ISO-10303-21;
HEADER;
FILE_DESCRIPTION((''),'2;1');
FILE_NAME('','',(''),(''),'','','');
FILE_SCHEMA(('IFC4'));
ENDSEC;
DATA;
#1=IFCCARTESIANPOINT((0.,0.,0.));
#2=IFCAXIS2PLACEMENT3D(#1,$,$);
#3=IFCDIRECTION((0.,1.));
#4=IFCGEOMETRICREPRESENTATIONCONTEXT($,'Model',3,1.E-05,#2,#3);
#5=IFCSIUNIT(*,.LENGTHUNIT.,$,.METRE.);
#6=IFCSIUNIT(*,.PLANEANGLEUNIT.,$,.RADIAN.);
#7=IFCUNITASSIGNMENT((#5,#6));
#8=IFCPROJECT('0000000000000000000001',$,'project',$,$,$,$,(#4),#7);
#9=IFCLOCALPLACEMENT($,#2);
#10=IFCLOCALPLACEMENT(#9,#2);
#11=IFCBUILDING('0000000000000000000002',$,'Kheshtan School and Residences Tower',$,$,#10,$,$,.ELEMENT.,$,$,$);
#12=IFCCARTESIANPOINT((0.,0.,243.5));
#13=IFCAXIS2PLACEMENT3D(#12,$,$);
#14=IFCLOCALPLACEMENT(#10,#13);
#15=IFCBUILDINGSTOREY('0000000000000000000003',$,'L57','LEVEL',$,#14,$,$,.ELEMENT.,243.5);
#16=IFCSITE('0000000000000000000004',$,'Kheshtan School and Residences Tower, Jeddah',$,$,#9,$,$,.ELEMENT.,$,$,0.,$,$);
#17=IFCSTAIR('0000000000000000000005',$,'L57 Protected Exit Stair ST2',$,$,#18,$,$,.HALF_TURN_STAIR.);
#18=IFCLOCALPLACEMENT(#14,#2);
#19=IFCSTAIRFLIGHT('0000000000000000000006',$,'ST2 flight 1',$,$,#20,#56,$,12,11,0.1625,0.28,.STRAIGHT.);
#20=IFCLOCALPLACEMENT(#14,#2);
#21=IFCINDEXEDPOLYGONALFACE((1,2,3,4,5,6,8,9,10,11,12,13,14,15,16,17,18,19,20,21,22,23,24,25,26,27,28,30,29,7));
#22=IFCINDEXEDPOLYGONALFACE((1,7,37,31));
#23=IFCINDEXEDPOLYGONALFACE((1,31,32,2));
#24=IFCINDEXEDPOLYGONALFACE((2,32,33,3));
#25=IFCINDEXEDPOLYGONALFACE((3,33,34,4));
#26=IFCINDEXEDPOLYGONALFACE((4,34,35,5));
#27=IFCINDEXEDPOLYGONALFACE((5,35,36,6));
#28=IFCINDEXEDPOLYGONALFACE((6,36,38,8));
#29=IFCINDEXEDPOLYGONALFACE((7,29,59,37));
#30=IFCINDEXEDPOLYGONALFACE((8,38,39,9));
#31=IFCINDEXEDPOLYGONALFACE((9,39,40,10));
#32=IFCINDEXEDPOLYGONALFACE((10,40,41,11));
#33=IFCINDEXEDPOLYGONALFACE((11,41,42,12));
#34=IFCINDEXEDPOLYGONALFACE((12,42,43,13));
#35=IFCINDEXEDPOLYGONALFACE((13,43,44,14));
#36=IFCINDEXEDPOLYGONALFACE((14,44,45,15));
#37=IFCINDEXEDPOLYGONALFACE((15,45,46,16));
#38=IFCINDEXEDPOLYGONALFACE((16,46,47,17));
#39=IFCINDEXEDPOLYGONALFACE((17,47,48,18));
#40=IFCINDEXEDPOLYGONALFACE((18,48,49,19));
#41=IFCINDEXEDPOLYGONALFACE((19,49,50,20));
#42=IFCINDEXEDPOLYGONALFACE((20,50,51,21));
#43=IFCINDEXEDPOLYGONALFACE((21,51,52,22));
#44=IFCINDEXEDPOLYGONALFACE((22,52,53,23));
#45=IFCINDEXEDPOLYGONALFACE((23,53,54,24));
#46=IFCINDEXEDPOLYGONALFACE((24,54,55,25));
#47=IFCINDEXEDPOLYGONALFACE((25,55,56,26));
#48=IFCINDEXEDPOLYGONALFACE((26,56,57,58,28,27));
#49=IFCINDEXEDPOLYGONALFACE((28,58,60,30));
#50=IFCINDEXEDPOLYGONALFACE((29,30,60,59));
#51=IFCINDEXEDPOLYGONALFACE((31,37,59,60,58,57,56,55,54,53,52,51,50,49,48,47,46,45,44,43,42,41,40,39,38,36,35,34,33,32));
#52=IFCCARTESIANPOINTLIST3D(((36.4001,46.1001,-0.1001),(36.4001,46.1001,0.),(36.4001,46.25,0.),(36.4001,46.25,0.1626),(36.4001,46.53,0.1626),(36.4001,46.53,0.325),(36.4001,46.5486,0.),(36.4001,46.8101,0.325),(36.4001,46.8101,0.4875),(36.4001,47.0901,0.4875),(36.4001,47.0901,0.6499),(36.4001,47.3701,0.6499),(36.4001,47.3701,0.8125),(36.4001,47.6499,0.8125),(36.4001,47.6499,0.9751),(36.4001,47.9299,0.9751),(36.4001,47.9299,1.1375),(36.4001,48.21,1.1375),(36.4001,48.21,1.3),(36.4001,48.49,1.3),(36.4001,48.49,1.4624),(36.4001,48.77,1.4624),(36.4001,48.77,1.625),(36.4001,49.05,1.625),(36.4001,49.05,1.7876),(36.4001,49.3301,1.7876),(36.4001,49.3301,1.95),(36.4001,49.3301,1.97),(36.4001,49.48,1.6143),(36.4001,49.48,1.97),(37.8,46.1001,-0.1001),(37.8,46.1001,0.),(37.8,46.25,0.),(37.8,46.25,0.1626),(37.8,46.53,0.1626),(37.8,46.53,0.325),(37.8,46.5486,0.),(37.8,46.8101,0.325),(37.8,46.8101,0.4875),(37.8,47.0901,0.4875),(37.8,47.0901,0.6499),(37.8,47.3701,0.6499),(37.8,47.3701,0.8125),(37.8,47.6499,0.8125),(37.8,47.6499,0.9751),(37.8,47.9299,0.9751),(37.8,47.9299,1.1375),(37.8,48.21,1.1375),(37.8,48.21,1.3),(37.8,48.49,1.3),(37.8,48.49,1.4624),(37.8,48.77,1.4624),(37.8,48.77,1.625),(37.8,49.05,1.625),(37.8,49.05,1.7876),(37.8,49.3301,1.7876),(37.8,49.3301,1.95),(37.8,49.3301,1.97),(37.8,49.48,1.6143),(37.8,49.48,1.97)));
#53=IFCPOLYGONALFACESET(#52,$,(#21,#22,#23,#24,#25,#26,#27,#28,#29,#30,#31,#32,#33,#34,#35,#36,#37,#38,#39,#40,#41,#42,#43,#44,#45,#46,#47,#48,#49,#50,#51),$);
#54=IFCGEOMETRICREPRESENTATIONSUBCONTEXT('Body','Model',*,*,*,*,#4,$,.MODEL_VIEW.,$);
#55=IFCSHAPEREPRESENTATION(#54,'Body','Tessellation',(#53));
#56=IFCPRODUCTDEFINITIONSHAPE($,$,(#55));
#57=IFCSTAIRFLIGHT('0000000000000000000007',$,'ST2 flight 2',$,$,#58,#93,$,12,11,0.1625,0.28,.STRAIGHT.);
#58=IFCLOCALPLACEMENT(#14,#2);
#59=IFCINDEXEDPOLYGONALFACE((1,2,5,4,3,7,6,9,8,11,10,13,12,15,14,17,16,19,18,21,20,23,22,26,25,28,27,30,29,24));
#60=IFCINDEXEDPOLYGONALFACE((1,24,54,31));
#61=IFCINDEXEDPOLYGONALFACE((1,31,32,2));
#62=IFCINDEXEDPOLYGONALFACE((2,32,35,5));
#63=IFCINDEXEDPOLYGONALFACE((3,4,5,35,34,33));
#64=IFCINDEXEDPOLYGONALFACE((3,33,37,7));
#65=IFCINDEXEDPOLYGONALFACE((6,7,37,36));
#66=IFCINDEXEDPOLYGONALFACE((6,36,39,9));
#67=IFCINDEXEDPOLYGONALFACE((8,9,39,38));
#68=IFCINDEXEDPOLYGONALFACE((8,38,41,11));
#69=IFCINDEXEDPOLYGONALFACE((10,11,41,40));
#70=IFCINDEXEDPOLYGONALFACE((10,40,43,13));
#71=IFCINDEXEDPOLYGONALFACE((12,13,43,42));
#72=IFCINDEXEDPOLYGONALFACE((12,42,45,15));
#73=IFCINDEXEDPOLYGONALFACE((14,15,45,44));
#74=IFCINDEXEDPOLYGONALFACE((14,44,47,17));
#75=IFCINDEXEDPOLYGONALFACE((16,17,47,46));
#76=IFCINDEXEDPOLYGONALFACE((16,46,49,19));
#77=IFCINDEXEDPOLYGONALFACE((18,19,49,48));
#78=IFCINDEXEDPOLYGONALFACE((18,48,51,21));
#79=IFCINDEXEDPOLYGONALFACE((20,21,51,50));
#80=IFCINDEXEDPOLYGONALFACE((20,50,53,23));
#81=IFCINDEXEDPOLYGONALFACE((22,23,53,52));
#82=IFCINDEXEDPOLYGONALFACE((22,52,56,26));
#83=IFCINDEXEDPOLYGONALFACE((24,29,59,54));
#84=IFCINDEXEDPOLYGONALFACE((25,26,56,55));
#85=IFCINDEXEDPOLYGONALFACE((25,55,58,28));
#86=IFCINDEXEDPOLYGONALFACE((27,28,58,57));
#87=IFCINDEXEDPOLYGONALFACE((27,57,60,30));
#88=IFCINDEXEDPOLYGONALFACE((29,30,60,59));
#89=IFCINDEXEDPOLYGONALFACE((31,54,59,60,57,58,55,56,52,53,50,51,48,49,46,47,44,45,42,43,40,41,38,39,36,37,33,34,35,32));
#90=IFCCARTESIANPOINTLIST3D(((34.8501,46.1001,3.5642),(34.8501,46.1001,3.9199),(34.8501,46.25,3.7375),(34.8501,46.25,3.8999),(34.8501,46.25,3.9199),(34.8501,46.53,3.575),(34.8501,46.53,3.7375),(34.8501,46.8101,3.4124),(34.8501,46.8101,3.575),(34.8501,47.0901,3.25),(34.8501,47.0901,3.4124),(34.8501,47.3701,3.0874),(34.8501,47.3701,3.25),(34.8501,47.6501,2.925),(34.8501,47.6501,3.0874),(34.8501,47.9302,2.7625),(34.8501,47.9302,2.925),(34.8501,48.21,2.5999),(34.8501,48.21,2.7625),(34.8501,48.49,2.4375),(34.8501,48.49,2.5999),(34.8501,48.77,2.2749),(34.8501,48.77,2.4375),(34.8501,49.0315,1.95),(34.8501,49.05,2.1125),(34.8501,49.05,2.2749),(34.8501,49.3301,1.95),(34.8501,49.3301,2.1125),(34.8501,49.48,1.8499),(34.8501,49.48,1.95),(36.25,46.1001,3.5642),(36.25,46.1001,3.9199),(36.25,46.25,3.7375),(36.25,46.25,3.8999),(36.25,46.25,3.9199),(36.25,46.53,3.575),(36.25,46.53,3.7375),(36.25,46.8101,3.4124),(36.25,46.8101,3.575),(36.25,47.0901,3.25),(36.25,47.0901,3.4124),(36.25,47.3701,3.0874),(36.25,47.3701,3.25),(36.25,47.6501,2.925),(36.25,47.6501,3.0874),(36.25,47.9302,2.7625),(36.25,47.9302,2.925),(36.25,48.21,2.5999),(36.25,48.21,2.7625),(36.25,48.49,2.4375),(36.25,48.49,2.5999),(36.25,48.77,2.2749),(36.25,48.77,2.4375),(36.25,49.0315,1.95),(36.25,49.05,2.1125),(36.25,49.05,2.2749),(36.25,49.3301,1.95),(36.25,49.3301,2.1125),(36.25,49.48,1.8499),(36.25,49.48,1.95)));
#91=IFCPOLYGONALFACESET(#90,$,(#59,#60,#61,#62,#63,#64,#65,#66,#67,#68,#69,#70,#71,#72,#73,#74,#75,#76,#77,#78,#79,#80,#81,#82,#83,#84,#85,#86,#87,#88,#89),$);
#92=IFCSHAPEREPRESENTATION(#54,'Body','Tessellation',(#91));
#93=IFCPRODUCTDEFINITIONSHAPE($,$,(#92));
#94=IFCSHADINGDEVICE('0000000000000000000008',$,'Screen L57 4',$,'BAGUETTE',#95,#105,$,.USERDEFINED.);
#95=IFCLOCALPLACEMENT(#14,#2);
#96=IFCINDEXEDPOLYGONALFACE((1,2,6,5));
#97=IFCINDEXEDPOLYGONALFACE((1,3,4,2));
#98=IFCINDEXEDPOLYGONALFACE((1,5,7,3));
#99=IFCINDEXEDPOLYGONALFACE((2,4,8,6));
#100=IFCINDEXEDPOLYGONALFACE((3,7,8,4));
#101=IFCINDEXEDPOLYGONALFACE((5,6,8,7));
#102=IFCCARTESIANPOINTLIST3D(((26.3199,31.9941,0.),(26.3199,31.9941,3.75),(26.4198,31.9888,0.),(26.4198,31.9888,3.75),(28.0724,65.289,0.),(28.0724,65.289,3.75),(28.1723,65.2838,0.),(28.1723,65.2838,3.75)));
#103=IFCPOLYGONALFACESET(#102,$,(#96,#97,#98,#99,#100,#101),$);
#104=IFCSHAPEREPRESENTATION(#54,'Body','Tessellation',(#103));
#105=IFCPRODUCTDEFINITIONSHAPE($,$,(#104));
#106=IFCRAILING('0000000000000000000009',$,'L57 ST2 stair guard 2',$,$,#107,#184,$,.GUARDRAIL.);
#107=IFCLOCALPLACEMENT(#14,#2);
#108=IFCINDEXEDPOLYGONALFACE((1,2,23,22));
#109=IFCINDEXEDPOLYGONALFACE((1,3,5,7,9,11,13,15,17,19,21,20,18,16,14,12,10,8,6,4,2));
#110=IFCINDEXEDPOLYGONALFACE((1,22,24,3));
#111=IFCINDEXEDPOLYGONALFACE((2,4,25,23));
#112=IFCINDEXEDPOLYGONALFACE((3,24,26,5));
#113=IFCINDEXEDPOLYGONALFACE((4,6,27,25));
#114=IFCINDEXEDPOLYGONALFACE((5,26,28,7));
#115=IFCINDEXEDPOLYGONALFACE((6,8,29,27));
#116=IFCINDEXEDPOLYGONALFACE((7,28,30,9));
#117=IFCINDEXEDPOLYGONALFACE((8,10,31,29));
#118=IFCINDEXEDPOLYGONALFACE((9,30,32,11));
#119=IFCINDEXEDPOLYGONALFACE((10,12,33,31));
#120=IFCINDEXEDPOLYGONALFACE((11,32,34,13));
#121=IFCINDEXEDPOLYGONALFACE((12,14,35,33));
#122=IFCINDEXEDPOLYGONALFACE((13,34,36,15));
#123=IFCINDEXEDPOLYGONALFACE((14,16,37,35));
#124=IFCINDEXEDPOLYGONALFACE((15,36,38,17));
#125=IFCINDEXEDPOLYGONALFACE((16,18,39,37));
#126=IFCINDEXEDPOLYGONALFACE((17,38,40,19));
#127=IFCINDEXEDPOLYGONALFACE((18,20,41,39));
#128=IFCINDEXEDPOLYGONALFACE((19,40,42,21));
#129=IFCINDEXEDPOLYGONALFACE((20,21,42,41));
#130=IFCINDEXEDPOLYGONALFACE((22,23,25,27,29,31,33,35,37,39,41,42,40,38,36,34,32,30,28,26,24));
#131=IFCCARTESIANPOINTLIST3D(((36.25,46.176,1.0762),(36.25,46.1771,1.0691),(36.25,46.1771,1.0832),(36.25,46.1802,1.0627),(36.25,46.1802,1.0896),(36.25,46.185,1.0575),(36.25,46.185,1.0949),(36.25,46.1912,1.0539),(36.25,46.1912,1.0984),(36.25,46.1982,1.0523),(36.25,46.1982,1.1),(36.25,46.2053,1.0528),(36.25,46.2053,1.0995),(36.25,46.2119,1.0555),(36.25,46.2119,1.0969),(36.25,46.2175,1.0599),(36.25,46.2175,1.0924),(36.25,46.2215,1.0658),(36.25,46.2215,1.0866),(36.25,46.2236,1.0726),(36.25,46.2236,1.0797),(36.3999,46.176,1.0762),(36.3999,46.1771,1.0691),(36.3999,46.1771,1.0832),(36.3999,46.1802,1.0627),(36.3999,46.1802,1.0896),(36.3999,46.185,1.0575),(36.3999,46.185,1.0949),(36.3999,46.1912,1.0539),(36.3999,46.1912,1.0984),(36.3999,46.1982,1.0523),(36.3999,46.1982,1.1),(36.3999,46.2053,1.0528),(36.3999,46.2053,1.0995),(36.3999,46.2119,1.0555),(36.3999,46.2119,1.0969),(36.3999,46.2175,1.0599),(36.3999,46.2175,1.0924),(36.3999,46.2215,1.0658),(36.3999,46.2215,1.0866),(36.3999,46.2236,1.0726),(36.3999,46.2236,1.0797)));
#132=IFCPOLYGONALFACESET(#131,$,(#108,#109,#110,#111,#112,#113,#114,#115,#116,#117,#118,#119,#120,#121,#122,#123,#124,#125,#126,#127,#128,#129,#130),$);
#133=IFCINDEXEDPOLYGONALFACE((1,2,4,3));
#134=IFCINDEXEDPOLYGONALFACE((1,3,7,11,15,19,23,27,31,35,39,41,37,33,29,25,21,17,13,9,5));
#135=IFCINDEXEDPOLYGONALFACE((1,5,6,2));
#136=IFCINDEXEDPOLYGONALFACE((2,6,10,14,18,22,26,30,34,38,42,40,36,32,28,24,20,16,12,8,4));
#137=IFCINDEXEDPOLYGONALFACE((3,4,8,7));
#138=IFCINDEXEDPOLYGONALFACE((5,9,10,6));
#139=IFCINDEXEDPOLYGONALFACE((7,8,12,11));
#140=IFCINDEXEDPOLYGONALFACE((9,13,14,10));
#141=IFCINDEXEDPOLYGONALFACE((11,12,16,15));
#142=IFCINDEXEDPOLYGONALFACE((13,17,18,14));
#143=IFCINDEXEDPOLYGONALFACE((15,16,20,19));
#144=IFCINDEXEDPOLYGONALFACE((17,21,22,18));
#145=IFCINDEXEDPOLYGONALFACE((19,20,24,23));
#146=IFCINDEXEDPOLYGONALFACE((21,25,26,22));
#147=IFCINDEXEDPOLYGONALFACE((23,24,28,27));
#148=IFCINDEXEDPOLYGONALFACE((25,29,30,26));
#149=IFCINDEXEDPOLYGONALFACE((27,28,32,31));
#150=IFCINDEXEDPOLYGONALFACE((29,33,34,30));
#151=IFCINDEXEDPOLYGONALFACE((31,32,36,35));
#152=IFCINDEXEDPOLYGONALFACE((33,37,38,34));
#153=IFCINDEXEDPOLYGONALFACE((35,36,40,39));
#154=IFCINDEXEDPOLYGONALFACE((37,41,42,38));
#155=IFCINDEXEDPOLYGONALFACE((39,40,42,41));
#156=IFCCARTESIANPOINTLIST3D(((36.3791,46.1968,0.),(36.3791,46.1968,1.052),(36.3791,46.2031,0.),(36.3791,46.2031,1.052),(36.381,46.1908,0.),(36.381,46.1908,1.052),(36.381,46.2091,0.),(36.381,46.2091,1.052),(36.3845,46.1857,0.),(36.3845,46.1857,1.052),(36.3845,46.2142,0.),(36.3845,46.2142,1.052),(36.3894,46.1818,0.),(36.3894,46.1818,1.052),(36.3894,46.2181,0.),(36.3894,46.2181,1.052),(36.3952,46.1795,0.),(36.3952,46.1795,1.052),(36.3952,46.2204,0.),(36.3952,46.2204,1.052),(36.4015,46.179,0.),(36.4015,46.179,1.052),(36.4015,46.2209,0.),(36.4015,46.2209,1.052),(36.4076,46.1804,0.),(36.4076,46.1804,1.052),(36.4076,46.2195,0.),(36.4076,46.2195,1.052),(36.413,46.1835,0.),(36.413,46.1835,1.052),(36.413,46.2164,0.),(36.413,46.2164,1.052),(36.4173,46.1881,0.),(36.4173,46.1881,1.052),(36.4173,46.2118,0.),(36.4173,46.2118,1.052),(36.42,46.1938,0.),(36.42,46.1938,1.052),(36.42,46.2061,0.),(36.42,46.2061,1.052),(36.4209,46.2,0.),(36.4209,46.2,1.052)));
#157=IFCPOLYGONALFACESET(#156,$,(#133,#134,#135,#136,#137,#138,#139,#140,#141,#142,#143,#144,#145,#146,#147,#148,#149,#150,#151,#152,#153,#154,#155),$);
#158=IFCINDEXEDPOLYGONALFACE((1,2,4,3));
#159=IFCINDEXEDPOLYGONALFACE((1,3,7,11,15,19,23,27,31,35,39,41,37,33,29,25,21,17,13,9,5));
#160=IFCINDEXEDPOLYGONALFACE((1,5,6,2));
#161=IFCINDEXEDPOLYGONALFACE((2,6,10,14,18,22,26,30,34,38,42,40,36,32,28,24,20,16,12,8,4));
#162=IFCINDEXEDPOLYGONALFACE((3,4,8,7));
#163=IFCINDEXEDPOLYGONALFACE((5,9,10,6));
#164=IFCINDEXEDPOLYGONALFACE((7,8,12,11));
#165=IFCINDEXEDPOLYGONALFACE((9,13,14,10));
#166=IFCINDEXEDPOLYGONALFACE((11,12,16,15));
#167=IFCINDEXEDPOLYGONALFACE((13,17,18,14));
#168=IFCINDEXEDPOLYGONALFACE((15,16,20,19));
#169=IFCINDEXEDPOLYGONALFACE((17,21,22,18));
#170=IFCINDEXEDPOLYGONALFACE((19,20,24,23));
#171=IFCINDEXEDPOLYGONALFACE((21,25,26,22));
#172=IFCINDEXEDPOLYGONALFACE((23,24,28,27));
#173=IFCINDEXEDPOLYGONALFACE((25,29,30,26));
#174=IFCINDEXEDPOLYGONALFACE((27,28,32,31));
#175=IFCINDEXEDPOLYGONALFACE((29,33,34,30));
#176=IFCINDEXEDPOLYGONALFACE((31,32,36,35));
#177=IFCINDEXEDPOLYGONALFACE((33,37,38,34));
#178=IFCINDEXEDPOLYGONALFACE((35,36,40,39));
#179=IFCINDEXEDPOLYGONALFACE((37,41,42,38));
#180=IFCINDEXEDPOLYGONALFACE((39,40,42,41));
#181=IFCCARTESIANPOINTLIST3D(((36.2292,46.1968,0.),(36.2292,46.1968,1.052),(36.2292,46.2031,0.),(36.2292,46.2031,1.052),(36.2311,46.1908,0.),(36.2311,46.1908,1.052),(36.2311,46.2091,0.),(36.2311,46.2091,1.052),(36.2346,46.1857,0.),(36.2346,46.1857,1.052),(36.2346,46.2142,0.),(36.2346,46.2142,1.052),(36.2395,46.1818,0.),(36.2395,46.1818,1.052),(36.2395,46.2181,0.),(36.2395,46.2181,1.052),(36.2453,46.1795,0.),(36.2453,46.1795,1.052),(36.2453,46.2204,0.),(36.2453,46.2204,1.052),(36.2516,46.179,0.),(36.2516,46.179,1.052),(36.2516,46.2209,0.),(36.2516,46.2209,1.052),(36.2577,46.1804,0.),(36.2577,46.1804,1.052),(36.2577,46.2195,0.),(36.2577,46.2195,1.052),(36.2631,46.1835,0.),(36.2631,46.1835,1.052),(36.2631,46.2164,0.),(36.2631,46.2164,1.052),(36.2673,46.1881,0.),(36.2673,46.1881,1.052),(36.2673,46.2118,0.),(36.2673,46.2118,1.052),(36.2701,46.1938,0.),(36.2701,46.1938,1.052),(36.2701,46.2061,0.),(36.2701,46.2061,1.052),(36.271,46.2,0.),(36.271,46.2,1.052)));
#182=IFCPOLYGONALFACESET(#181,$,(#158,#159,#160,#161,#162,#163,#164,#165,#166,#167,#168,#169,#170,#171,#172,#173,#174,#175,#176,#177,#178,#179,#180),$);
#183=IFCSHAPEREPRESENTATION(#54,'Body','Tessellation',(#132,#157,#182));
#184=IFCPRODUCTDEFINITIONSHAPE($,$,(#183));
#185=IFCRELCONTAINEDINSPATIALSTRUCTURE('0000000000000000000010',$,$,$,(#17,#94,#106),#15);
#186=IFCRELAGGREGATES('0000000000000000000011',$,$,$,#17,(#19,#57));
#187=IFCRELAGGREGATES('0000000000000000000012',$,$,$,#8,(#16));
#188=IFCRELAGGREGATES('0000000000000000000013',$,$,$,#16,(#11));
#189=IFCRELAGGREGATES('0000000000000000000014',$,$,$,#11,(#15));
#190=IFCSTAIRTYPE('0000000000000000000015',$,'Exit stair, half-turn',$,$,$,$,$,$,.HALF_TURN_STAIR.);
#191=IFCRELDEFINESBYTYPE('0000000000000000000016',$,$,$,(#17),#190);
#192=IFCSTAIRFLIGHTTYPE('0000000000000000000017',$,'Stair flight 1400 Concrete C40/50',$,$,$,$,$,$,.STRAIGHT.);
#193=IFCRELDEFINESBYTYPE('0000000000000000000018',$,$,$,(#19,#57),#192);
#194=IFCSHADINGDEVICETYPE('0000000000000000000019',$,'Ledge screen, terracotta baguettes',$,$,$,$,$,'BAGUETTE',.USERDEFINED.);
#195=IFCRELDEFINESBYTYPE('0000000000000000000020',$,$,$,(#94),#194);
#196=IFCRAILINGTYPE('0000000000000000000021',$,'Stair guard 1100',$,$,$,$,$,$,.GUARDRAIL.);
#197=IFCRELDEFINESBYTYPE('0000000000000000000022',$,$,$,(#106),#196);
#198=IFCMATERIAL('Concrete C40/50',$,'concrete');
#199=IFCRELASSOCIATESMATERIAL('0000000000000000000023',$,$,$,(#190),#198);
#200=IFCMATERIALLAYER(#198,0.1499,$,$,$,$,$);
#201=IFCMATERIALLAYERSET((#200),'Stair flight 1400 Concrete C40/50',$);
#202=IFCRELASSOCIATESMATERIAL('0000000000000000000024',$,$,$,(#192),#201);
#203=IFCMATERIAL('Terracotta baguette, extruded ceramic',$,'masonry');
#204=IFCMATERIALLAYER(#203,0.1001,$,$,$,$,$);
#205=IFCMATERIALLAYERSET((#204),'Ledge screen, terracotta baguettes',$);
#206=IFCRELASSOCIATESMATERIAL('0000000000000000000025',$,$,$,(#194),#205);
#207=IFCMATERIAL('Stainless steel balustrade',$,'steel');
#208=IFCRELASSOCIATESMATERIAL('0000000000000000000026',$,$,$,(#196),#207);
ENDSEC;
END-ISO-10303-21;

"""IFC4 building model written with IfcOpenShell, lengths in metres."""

from ifc_helpers import new_model, si_unit, direction, frame, origin, origin_2d, place, context, subcontext, project, spatial, polyline, rectangle, circle, outline, extrude, material, layer, layer_set, type_object, element, aggregate, save


model = new_model("IFC4")

# Units and contexts
model_context = context("Model", 3, precision=1e-05, world=origin(), true_north=direction((0.0, 1.0)))
body_context = subcontext(model_context, "Body", "Model", "MODEL_VIEW")
ifc_project = project(units=[si_unit("LENGTHUNIT", "METRE"), si_unit("PLANEANGLEUNIT", "RADIAN")], contexts=[model_context])

# Site, building, storey
site_placement = place(None, origin())
site = spatial("IfcSite", under=ifc_project, at=site_placement, Name="Kheshtan School and Residences Tower, Jeddah", CompositionType="ELEMENT", RefElevation=0.0)
building_placement = place(site_placement, origin())
building = spatial("IfcBuilding", under=site, at=building_placement, Name="Kheshtan School and Residences Tower", CompositionType="ELEMENT")
storey_placement = place(building_placement, frame((0.0, 0.0, 243.5)))
storey = spatial("IfcBuildingStorey", under=building, at=storey_placement, Name="L57", Description="LEVEL", CompositionType="ELEMENT", Elevation=243.5)

# Shared definitions
ifc_material_1 = material(Name="Concrete C40/50", Category="concrete")

# Stair, stair flights
stair_type = type_object("IfcStairType", Name="Exit stair, half-turn", PredefinedType="HALF_TURN_STAIR", material=ifc_material_1)
stair_placement = place(storey_placement, origin())
stair = element("IfcStair", 1, at=stair_placement, inside=storey, type_object=stair_type, Name="L57 Protected Exit Stair ST2", PredefinedType="HALF_TURN_STAIR")
ifc_layer_1 = layer(ifc_material_1, 0.1499)
ifc_layer_set_1 = layer_set([ifc_layer_1], Name="Stair flight 1400 Concrete C40/50")
stair_flight_type = type_object("IfcStairFlightType", Name="Stair flight 1400 Concrete C40/50", PredefinedType="STRAIGHT", material=ifc_layer_set_1)
stair_flight_1_placement = place(storey_placement, frame((37.1001, 46.25, 0.0), z_axis=(0.0, 0.0, 1.0), x_axis=(0.0, 1.0, 0.0)))
stair_flight_1 = element("IfcStairFlight", 2, at=stair_flight_1_placement, type_object=stair_flight_type, Name="ST2 flight 1", NumberOfRisers=12, NumberOfTreads=11, PredefinedType="STRAIGHT", RiserHeight=0.1625, TreadLength=0.28, context=body_context, shape_type="SweptSolid", body=[
    extrude(outline(polyline([(-0.1499, -0.1001), (-0.1499, 0.0), (0.0, 0.0), (0.0, 0.1626), (0.28, 0.1626), (0.28, 0.325), (0.5601, 0.325), (0.5601, 0.4875), (0.8401, 0.4875), (0.8401, 0.6499), (1.1201, 0.6499), (1.1201, 0.8125), (1.3999, 0.8125), (1.3999, 0.9751), (1.6799, 0.9751), (1.6799, 1.1375), (1.96, 1.1375), (1.96, 1.3), (2.24, 1.3), (2.24, 1.4624), (2.52, 1.4624), (2.52, 1.625), (2.8, 1.625), (2.8, 1.7876), (3.0801, 1.7876), (3.0801, 1.95), (3.0801, 1.97), (3.23, 1.97), (3.23, 1.6143), (0.2986, 0.0), (-0.1499, -0.1001)])), frame((0.0, 0.7, 0.0), z_axis=(0.0, -1.0, 0.0), x_axis=(1.0, 0.0, 0.0)), (0.0, 0.0, 1.0), 1.3999),
])
stair_flight_2_placement = place(storey_placement, frame((35.55, 49.3301, 1.95), z_axis=(0.0, 0.0, 1.0), x_axis=(0.0, -1.0, 0.0)))
stair_flight_2 = element("IfcStairFlight", 3, at=stair_flight_2_placement, type_object=stair_flight_type, Name="ST2 flight 2", NumberOfRisers=12, NumberOfTreads=11, PredefinedType="STRAIGHT", RiserHeight=0.1625, TreadLength=0.28, context=body_context, shape_type="SweptSolid", body=[
    extrude(outline(polyline([(-0.1499, -0.1001), (-0.1499, 0.0), (0.0, 0.0), (0.0, 0.1626), (0.28, 0.1626), (0.28, 0.325), (0.5601, 0.325), (0.5601, 0.4875), (0.8401, 0.4875), (0.8401, 0.6499), (1.1201, 0.6499), (1.1201, 0.8125), (1.3999, 0.8125), (1.3999, 0.9751), (1.6799, 0.9751), (1.6799, 1.1375), (1.96, 1.1375), (1.96, 1.3), (2.24, 1.3), (2.24, 1.4624), (2.52, 1.4624), (2.52, 1.625), (2.8, 1.625), (2.8, 1.7876), (3.0801, 1.7876), (3.0801, 1.95), (3.0801, 1.97), (3.23, 1.97), (3.23, 1.6143), (0.2986, 0.0), (-0.1499, -0.1001)])), frame((0.0, 0.7, 0.0), z_axis=(0.0, -1.0, 0.0), x_axis=(1.0, 0.0, 0.0)), (0.0, 0.0, 1.0), 1.3999),
])
aggregate(stair, [stair_flight_1, stair_flight_2])

# Shading device
ifc_material_2 = material(Name="Terracotta baguette, extruded ceramic", Category="masonry")
ifc_layer_2 = layer(ifc_material_2, 0.1001)
ifc_layer_set_2 = layer_set([ifc_layer_2], Name="Ledge screen, terracotta baguettes")
shading_device_type = type_object("IfcShadingDeviceType", Name="Ledge screen, terracotta baguettes", ElementType="BAGUETTE", PredefinedType="USERDEFINED", material=ifc_layer_set_2)
shading_device_placement = place(storey_placement, frame((27.2461, 48.6389, 0.0), z_axis=(0.0, 0.0, 1.0), x_axis=(0.052563, 0.998618, 0.0)))
element("IfcShadingDevice", 4, at=shading_device_placement, inside=storey, type_object=shading_device_type, Name="Screen L57 4", ObjectType="BAGUETTE", PredefinedType="USERDEFINED", context=body_context, shape_type="SweptSolid", body=[
    extrude(rectangle(XDim=33.3411, YDim=0.1001, at=origin_2d()), origin(), (0.0, 0.0, 1.0), 3.75),
])

# Railing
ifc_material_3 = material(Name="Stainless steel balustrade", Category="steel")
railing_type_1 = type_object("IfcRailingType", Name="Stair guard 1100", PredefinedType="GUARDRAIL", material=ifc_material_3)
railing_1_placement = place(storey_placement, frame((36.3999, 46.2, 0.0)))
element("IfcRailing", 5, at=railing_1_placement, inside=storey, type_object=railing_type_1, Name="L57 ST2 stair guard 2", PredefinedType="GUARDRAIL", context=body_context, shape_type="SweptSolid", body=[
    extrude(circle(Radius=0.0239, at=origin_2d()), frame((0.0, 0.0, 1.0762), z_axis=(-1.0, 0.0, 0.0), x_axis=(0.0, -1.0, 0.0)), (0.0, 0.0, 1.0), 0.1499),
    extrude(circle(Radius=0.021, at=origin_2d()), origin(), (0.0, 0.0, 1.0), 1.052),
    extrude(circle(Radius=0.021, at=origin_2d()), frame((-0.1499, 0.0, 0.0)), (0.0, 0.0, 1.0), 1.052),
])

save(model, "model.ifc")
